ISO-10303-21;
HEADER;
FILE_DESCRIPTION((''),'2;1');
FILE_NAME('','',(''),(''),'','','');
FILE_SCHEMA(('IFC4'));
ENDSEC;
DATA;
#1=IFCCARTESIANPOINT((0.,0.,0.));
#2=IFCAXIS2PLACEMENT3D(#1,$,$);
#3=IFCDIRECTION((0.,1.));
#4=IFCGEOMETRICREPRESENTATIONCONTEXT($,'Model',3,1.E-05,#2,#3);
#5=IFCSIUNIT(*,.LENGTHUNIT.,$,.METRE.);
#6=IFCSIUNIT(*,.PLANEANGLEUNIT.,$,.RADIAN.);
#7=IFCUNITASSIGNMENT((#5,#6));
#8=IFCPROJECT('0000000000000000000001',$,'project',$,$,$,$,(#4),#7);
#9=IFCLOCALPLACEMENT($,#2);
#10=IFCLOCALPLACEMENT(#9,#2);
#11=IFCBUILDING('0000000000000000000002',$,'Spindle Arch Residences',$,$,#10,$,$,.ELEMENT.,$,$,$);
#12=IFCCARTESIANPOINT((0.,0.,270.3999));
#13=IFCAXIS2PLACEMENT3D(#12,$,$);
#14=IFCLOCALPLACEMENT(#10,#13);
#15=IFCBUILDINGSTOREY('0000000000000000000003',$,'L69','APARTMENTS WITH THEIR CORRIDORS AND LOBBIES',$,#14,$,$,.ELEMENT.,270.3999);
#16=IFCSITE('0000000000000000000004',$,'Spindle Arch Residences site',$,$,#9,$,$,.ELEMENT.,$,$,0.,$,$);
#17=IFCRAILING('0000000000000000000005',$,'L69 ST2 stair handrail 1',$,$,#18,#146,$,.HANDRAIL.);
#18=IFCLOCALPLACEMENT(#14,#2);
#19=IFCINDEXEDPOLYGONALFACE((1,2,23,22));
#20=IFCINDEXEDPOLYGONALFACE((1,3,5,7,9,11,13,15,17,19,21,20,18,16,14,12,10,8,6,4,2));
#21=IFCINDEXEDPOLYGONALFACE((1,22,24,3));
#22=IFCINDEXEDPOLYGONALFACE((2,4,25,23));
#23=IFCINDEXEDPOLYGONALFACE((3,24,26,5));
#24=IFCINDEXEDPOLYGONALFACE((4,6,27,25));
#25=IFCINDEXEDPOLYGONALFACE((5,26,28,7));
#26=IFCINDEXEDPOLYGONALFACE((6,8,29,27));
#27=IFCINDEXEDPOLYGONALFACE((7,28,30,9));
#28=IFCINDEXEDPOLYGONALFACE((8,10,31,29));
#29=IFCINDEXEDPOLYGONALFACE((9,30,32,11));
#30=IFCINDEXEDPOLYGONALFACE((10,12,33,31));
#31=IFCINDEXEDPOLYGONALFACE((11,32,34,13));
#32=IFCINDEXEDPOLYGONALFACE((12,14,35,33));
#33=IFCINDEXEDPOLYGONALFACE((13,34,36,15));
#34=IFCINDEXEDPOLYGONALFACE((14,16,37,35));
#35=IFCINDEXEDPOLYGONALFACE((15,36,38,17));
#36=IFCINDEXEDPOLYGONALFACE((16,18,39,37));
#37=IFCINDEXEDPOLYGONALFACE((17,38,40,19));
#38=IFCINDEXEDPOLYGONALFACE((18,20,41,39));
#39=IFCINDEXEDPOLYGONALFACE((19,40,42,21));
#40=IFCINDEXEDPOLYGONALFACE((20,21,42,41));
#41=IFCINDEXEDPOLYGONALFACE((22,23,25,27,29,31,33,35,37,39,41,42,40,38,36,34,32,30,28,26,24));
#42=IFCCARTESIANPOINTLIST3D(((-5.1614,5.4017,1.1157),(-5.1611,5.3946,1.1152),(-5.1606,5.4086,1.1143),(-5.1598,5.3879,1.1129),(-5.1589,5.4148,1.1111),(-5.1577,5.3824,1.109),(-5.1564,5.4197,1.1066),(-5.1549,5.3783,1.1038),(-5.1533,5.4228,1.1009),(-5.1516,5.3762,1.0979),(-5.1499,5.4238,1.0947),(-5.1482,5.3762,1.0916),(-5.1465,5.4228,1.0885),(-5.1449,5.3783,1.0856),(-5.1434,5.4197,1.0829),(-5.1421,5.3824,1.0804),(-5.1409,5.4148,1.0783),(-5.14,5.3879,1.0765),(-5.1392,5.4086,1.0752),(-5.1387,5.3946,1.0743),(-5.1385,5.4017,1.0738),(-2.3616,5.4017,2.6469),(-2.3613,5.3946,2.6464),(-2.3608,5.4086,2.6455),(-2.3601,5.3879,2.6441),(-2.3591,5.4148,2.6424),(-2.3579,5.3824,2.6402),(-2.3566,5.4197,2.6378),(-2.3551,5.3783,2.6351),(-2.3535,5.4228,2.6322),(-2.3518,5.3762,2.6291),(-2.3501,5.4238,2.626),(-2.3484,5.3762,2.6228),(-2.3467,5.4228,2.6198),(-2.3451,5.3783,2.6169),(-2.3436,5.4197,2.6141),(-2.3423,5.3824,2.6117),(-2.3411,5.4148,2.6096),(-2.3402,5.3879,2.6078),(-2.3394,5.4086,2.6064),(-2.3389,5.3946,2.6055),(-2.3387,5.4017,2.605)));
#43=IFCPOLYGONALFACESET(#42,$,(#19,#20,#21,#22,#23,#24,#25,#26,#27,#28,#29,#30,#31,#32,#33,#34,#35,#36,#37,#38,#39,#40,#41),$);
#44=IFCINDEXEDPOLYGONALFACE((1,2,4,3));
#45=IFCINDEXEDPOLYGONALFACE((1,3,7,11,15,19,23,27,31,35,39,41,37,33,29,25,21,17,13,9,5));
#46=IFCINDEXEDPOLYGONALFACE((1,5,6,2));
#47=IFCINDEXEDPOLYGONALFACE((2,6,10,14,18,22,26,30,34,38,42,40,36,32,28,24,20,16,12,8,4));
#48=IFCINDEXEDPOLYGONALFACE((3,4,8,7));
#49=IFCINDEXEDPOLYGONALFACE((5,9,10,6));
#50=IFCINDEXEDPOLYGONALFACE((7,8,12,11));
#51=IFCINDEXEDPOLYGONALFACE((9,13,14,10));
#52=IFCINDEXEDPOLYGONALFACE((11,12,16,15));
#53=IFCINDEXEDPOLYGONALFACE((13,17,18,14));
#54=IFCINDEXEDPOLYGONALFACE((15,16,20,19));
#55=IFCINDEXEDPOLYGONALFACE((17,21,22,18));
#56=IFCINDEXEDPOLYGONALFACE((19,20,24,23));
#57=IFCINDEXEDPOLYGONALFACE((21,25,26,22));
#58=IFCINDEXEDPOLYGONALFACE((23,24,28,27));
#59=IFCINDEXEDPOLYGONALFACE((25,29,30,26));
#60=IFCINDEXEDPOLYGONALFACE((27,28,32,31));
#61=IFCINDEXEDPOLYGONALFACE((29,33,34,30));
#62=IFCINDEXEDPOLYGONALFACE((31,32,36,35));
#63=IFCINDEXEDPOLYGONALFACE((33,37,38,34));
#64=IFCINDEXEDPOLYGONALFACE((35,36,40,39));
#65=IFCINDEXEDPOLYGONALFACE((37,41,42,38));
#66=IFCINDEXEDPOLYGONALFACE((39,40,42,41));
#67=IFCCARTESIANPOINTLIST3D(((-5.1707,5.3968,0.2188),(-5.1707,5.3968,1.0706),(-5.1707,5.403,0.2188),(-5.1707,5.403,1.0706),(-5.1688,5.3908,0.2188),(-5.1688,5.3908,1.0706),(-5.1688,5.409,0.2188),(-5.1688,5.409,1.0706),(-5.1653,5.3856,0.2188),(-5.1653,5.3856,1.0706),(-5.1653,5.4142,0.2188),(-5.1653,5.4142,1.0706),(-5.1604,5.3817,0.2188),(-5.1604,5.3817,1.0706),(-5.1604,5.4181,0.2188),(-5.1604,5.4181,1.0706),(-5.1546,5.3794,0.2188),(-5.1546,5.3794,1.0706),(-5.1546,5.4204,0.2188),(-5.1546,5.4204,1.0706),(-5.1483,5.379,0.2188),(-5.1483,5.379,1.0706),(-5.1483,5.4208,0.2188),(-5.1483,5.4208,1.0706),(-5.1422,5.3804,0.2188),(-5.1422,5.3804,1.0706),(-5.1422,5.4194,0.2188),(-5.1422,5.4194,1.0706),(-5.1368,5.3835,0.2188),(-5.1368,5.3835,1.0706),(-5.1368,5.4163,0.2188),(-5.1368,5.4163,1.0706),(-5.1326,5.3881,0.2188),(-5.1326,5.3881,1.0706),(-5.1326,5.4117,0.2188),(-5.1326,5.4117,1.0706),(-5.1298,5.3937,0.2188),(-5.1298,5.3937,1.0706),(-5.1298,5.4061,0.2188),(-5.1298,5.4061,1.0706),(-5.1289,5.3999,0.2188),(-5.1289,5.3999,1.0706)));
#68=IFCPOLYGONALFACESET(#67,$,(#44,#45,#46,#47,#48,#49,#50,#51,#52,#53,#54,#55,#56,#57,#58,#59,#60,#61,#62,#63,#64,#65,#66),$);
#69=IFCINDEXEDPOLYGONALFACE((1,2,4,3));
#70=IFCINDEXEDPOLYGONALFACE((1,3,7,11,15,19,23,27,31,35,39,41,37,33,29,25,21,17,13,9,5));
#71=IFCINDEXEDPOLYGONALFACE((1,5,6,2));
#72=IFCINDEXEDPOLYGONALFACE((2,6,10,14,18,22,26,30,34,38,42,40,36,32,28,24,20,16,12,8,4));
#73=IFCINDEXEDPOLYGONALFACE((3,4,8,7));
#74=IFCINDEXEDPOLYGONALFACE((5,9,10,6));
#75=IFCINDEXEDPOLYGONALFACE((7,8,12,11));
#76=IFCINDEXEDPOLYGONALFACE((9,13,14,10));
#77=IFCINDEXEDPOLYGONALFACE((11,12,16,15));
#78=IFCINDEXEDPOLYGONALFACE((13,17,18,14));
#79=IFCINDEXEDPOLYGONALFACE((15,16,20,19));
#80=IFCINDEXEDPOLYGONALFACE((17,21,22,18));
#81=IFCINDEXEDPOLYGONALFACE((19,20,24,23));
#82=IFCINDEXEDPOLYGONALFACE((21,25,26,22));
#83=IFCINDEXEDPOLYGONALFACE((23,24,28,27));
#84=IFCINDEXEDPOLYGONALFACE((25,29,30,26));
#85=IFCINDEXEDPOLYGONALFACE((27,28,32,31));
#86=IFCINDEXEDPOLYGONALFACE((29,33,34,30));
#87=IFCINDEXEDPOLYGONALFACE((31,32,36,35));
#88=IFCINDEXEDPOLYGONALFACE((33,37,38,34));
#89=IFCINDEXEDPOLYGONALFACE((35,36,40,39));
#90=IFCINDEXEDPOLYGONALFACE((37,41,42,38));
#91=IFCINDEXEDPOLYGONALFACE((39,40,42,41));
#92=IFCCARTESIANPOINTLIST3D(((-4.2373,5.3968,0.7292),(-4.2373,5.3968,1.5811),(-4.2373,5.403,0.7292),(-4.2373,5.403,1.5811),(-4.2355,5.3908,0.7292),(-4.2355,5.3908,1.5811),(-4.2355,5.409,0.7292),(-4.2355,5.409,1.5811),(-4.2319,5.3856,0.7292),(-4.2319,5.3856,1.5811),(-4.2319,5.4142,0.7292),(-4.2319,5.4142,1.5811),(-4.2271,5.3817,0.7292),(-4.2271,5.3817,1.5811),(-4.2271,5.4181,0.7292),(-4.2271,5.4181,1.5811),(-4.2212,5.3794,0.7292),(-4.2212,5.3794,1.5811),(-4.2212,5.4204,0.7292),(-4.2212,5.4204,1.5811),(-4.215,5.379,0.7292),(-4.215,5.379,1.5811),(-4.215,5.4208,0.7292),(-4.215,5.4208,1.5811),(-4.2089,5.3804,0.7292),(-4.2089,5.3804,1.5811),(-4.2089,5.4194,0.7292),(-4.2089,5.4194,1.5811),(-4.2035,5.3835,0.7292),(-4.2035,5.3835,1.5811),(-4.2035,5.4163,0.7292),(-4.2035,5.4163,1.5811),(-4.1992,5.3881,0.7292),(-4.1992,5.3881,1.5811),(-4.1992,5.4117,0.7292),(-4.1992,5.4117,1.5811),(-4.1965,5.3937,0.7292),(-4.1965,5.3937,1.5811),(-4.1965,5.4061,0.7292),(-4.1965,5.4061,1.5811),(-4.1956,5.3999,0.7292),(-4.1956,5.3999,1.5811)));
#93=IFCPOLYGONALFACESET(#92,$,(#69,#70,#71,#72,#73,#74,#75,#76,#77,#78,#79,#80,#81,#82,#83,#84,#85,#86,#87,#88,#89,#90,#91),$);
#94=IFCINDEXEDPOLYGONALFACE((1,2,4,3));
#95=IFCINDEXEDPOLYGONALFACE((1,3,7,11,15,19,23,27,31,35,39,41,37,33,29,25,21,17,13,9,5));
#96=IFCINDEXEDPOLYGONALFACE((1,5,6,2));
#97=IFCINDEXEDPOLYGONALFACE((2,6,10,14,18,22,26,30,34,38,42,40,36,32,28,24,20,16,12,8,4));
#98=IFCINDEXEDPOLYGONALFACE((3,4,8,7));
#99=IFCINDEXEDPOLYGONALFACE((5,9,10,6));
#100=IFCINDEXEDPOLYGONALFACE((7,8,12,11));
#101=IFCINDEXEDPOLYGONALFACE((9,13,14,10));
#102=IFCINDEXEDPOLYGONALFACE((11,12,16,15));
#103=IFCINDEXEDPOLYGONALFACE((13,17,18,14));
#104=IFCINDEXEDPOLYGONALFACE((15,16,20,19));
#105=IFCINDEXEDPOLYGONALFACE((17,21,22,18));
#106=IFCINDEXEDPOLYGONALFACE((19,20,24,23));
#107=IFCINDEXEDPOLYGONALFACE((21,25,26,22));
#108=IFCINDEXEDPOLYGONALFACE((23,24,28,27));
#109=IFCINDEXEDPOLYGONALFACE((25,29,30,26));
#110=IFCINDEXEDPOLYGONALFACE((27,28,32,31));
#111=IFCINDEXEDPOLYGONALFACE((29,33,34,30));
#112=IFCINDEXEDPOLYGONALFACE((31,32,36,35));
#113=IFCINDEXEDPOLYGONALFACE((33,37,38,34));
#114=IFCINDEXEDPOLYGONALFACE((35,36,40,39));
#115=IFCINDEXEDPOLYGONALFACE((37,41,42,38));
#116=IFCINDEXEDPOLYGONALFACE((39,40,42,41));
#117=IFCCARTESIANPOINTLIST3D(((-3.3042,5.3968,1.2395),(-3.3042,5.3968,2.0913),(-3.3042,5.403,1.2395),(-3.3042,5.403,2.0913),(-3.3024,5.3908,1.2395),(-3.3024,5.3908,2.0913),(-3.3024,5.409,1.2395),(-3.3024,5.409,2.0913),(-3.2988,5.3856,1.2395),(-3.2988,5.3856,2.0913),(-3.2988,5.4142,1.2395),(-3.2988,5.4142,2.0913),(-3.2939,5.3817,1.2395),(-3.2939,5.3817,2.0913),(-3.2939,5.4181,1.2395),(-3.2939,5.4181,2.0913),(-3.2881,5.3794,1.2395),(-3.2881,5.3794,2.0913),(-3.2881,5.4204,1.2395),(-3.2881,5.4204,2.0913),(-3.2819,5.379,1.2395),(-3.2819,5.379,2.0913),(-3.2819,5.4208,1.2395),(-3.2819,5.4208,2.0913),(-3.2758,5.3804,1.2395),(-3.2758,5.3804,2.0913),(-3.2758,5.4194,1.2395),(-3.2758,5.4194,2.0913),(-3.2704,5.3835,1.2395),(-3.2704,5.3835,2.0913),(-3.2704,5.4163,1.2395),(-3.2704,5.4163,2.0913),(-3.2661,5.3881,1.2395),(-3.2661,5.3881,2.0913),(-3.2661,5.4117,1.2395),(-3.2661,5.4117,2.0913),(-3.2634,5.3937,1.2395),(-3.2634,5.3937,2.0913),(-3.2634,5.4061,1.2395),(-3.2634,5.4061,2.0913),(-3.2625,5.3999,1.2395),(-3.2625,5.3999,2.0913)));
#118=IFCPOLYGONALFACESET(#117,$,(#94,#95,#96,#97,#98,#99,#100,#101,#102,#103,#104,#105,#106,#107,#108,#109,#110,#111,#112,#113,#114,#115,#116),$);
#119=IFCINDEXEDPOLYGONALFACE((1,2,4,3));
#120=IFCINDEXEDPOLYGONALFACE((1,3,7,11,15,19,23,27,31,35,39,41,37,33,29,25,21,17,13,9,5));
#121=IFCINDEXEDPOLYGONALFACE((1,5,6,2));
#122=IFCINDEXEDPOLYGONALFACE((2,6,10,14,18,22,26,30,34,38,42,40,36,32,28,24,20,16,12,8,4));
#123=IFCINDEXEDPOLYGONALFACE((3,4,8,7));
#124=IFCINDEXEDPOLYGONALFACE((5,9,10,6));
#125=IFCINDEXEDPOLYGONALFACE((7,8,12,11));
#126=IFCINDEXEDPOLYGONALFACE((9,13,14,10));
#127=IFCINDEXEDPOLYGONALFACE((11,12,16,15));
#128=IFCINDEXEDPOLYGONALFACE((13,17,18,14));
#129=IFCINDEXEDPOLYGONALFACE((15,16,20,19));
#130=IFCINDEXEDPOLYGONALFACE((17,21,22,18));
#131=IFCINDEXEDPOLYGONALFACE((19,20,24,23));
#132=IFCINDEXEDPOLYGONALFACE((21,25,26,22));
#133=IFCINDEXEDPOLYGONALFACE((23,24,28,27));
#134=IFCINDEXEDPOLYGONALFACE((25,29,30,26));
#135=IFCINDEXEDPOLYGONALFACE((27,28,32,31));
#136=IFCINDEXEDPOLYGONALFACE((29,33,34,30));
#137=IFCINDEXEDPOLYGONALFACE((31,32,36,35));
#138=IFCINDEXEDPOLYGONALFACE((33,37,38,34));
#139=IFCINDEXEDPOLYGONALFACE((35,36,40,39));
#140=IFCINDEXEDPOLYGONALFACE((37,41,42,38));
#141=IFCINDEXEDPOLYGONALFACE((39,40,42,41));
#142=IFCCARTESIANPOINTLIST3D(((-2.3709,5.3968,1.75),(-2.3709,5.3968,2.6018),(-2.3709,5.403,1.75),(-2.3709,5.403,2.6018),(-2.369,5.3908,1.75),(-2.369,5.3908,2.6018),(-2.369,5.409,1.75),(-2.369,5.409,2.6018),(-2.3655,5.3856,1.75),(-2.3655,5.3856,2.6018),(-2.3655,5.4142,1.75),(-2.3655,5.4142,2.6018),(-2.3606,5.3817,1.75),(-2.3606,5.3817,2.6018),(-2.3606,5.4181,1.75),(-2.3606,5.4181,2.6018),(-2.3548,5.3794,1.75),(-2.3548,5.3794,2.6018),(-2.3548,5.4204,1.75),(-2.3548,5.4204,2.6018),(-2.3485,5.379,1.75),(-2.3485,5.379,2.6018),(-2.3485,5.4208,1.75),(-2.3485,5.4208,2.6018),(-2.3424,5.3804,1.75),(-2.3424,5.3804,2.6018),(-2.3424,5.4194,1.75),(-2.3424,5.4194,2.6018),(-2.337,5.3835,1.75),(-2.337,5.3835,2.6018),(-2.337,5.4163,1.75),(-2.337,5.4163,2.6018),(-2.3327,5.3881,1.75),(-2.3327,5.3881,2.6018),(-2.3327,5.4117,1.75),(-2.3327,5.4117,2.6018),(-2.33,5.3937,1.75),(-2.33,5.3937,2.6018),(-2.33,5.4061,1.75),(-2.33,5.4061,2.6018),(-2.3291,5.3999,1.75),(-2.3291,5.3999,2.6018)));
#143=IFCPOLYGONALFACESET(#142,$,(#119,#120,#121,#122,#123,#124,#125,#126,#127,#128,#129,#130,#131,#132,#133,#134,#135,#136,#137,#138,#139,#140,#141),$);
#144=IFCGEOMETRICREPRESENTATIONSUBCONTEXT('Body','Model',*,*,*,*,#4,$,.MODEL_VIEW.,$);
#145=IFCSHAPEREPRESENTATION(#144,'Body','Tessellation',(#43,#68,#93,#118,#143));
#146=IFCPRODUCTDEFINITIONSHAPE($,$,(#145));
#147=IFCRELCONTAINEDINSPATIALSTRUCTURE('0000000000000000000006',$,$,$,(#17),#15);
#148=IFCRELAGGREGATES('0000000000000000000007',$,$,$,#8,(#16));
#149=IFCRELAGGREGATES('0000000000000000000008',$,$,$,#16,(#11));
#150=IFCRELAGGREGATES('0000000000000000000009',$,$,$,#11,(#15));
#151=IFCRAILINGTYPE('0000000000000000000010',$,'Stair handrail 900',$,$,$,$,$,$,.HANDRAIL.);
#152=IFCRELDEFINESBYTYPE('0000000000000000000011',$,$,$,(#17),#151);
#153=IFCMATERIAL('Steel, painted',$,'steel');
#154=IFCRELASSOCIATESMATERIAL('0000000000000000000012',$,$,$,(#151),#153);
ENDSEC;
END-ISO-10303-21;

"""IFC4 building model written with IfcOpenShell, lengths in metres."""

from ifc_helpers import new_model, si_unit, direction, frame, origin, origin_2d, place, context, subcontext, project, spatial, circle, extrude, material, type_object, element, save


model = new_model("IFC4")

# Units and contexts
model_context = context("Model", 3, precision=1e-05, world=origin(), true_north=direction((0.0, 1.0)))
body_context = subcontext(model_context, "Body", "Model", "MODEL_VIEW")
ifc_project = project(units=[si_unit("LENGTHUNIT", "METRE"), si_unit("PLANEANGLEUNIT", "RADIAN")], contexts=[model_context])

# Site, building, storey
site_placement = place(None, origin())
site = spatial("IfcSite", under=ifc_project, at=site_placement, Name="Spindle Arch Residences site", CompositionType="ELEMENT", RefElevation=0.0)
building_placement = place(site_placement, origin())
building = spatial("IfcBuilding", under=site, at=building_placement, Name="Spindle Arch Residences", CompositionType="ELEMENT")
storey_placement = place(building_placement, frame((0.0, 0.0, 270.3999)))
storey = spatial("IfcBuildingStorey", under=building, at=storey_placement, Name="L69", Description="APARTMENTS WITH THEIR CORRIDORS AND LOBBIES", CompositionType="ELEMENT", Elevation=270.3999)

# Railing
ifc_material_1 = material(Name="Steel, painted", Category="steel")
railing_type_1 = type_object("IfcRailingType", Name="Stair handrail 900", PredefinedType="HANDRAIL", material=ifc_material_1)
railing_1_placement = place(storey_placement, frame((-5.1499, 5.3999, 0.2188)))
element("IfcRailing", 1, at=railing_1_placement, inside=storey, type_object=railing_type_1, Name="L69 ST2 stair handrail 1", PredefinedType="HANDRAIL", context=body_context, shape_type="SweptSolid", body=[
    extrude(circle(Radius=0.0239, at=origin_2d()), frame((0.0, 0.0, 0.876), z_axis=(0.877357, 0.0, 0.479838), x_axis=(0.0, 1.0, 0.0)), (0.0, 0.0, 1.0), 3.1912),
    extrude(circle(Radius=0.021, at=origin_2d()), origin(), (0.0, 0.0, 1.0), 0.8518),
    extrude(circle(Radius=0.021, at=origin_2d()), frame((0.9333, 0.0, 0.5105)), (0.0, 0.0, 1.0), 0.8518),
    extrude(circle(Radius=0.021, at=origin_2d()), frame((1.8665, 0.0, 1.0208)), (0.0, 0.0, 1.0), 0.8518),
    extrude(circle(Radius=0.021, at=origin_2d()), frame((2.7998, 0.0, 1.5312)), (0.0, 0.0, 1.0), 0.8518),
])

save(model, "model.ifc")
